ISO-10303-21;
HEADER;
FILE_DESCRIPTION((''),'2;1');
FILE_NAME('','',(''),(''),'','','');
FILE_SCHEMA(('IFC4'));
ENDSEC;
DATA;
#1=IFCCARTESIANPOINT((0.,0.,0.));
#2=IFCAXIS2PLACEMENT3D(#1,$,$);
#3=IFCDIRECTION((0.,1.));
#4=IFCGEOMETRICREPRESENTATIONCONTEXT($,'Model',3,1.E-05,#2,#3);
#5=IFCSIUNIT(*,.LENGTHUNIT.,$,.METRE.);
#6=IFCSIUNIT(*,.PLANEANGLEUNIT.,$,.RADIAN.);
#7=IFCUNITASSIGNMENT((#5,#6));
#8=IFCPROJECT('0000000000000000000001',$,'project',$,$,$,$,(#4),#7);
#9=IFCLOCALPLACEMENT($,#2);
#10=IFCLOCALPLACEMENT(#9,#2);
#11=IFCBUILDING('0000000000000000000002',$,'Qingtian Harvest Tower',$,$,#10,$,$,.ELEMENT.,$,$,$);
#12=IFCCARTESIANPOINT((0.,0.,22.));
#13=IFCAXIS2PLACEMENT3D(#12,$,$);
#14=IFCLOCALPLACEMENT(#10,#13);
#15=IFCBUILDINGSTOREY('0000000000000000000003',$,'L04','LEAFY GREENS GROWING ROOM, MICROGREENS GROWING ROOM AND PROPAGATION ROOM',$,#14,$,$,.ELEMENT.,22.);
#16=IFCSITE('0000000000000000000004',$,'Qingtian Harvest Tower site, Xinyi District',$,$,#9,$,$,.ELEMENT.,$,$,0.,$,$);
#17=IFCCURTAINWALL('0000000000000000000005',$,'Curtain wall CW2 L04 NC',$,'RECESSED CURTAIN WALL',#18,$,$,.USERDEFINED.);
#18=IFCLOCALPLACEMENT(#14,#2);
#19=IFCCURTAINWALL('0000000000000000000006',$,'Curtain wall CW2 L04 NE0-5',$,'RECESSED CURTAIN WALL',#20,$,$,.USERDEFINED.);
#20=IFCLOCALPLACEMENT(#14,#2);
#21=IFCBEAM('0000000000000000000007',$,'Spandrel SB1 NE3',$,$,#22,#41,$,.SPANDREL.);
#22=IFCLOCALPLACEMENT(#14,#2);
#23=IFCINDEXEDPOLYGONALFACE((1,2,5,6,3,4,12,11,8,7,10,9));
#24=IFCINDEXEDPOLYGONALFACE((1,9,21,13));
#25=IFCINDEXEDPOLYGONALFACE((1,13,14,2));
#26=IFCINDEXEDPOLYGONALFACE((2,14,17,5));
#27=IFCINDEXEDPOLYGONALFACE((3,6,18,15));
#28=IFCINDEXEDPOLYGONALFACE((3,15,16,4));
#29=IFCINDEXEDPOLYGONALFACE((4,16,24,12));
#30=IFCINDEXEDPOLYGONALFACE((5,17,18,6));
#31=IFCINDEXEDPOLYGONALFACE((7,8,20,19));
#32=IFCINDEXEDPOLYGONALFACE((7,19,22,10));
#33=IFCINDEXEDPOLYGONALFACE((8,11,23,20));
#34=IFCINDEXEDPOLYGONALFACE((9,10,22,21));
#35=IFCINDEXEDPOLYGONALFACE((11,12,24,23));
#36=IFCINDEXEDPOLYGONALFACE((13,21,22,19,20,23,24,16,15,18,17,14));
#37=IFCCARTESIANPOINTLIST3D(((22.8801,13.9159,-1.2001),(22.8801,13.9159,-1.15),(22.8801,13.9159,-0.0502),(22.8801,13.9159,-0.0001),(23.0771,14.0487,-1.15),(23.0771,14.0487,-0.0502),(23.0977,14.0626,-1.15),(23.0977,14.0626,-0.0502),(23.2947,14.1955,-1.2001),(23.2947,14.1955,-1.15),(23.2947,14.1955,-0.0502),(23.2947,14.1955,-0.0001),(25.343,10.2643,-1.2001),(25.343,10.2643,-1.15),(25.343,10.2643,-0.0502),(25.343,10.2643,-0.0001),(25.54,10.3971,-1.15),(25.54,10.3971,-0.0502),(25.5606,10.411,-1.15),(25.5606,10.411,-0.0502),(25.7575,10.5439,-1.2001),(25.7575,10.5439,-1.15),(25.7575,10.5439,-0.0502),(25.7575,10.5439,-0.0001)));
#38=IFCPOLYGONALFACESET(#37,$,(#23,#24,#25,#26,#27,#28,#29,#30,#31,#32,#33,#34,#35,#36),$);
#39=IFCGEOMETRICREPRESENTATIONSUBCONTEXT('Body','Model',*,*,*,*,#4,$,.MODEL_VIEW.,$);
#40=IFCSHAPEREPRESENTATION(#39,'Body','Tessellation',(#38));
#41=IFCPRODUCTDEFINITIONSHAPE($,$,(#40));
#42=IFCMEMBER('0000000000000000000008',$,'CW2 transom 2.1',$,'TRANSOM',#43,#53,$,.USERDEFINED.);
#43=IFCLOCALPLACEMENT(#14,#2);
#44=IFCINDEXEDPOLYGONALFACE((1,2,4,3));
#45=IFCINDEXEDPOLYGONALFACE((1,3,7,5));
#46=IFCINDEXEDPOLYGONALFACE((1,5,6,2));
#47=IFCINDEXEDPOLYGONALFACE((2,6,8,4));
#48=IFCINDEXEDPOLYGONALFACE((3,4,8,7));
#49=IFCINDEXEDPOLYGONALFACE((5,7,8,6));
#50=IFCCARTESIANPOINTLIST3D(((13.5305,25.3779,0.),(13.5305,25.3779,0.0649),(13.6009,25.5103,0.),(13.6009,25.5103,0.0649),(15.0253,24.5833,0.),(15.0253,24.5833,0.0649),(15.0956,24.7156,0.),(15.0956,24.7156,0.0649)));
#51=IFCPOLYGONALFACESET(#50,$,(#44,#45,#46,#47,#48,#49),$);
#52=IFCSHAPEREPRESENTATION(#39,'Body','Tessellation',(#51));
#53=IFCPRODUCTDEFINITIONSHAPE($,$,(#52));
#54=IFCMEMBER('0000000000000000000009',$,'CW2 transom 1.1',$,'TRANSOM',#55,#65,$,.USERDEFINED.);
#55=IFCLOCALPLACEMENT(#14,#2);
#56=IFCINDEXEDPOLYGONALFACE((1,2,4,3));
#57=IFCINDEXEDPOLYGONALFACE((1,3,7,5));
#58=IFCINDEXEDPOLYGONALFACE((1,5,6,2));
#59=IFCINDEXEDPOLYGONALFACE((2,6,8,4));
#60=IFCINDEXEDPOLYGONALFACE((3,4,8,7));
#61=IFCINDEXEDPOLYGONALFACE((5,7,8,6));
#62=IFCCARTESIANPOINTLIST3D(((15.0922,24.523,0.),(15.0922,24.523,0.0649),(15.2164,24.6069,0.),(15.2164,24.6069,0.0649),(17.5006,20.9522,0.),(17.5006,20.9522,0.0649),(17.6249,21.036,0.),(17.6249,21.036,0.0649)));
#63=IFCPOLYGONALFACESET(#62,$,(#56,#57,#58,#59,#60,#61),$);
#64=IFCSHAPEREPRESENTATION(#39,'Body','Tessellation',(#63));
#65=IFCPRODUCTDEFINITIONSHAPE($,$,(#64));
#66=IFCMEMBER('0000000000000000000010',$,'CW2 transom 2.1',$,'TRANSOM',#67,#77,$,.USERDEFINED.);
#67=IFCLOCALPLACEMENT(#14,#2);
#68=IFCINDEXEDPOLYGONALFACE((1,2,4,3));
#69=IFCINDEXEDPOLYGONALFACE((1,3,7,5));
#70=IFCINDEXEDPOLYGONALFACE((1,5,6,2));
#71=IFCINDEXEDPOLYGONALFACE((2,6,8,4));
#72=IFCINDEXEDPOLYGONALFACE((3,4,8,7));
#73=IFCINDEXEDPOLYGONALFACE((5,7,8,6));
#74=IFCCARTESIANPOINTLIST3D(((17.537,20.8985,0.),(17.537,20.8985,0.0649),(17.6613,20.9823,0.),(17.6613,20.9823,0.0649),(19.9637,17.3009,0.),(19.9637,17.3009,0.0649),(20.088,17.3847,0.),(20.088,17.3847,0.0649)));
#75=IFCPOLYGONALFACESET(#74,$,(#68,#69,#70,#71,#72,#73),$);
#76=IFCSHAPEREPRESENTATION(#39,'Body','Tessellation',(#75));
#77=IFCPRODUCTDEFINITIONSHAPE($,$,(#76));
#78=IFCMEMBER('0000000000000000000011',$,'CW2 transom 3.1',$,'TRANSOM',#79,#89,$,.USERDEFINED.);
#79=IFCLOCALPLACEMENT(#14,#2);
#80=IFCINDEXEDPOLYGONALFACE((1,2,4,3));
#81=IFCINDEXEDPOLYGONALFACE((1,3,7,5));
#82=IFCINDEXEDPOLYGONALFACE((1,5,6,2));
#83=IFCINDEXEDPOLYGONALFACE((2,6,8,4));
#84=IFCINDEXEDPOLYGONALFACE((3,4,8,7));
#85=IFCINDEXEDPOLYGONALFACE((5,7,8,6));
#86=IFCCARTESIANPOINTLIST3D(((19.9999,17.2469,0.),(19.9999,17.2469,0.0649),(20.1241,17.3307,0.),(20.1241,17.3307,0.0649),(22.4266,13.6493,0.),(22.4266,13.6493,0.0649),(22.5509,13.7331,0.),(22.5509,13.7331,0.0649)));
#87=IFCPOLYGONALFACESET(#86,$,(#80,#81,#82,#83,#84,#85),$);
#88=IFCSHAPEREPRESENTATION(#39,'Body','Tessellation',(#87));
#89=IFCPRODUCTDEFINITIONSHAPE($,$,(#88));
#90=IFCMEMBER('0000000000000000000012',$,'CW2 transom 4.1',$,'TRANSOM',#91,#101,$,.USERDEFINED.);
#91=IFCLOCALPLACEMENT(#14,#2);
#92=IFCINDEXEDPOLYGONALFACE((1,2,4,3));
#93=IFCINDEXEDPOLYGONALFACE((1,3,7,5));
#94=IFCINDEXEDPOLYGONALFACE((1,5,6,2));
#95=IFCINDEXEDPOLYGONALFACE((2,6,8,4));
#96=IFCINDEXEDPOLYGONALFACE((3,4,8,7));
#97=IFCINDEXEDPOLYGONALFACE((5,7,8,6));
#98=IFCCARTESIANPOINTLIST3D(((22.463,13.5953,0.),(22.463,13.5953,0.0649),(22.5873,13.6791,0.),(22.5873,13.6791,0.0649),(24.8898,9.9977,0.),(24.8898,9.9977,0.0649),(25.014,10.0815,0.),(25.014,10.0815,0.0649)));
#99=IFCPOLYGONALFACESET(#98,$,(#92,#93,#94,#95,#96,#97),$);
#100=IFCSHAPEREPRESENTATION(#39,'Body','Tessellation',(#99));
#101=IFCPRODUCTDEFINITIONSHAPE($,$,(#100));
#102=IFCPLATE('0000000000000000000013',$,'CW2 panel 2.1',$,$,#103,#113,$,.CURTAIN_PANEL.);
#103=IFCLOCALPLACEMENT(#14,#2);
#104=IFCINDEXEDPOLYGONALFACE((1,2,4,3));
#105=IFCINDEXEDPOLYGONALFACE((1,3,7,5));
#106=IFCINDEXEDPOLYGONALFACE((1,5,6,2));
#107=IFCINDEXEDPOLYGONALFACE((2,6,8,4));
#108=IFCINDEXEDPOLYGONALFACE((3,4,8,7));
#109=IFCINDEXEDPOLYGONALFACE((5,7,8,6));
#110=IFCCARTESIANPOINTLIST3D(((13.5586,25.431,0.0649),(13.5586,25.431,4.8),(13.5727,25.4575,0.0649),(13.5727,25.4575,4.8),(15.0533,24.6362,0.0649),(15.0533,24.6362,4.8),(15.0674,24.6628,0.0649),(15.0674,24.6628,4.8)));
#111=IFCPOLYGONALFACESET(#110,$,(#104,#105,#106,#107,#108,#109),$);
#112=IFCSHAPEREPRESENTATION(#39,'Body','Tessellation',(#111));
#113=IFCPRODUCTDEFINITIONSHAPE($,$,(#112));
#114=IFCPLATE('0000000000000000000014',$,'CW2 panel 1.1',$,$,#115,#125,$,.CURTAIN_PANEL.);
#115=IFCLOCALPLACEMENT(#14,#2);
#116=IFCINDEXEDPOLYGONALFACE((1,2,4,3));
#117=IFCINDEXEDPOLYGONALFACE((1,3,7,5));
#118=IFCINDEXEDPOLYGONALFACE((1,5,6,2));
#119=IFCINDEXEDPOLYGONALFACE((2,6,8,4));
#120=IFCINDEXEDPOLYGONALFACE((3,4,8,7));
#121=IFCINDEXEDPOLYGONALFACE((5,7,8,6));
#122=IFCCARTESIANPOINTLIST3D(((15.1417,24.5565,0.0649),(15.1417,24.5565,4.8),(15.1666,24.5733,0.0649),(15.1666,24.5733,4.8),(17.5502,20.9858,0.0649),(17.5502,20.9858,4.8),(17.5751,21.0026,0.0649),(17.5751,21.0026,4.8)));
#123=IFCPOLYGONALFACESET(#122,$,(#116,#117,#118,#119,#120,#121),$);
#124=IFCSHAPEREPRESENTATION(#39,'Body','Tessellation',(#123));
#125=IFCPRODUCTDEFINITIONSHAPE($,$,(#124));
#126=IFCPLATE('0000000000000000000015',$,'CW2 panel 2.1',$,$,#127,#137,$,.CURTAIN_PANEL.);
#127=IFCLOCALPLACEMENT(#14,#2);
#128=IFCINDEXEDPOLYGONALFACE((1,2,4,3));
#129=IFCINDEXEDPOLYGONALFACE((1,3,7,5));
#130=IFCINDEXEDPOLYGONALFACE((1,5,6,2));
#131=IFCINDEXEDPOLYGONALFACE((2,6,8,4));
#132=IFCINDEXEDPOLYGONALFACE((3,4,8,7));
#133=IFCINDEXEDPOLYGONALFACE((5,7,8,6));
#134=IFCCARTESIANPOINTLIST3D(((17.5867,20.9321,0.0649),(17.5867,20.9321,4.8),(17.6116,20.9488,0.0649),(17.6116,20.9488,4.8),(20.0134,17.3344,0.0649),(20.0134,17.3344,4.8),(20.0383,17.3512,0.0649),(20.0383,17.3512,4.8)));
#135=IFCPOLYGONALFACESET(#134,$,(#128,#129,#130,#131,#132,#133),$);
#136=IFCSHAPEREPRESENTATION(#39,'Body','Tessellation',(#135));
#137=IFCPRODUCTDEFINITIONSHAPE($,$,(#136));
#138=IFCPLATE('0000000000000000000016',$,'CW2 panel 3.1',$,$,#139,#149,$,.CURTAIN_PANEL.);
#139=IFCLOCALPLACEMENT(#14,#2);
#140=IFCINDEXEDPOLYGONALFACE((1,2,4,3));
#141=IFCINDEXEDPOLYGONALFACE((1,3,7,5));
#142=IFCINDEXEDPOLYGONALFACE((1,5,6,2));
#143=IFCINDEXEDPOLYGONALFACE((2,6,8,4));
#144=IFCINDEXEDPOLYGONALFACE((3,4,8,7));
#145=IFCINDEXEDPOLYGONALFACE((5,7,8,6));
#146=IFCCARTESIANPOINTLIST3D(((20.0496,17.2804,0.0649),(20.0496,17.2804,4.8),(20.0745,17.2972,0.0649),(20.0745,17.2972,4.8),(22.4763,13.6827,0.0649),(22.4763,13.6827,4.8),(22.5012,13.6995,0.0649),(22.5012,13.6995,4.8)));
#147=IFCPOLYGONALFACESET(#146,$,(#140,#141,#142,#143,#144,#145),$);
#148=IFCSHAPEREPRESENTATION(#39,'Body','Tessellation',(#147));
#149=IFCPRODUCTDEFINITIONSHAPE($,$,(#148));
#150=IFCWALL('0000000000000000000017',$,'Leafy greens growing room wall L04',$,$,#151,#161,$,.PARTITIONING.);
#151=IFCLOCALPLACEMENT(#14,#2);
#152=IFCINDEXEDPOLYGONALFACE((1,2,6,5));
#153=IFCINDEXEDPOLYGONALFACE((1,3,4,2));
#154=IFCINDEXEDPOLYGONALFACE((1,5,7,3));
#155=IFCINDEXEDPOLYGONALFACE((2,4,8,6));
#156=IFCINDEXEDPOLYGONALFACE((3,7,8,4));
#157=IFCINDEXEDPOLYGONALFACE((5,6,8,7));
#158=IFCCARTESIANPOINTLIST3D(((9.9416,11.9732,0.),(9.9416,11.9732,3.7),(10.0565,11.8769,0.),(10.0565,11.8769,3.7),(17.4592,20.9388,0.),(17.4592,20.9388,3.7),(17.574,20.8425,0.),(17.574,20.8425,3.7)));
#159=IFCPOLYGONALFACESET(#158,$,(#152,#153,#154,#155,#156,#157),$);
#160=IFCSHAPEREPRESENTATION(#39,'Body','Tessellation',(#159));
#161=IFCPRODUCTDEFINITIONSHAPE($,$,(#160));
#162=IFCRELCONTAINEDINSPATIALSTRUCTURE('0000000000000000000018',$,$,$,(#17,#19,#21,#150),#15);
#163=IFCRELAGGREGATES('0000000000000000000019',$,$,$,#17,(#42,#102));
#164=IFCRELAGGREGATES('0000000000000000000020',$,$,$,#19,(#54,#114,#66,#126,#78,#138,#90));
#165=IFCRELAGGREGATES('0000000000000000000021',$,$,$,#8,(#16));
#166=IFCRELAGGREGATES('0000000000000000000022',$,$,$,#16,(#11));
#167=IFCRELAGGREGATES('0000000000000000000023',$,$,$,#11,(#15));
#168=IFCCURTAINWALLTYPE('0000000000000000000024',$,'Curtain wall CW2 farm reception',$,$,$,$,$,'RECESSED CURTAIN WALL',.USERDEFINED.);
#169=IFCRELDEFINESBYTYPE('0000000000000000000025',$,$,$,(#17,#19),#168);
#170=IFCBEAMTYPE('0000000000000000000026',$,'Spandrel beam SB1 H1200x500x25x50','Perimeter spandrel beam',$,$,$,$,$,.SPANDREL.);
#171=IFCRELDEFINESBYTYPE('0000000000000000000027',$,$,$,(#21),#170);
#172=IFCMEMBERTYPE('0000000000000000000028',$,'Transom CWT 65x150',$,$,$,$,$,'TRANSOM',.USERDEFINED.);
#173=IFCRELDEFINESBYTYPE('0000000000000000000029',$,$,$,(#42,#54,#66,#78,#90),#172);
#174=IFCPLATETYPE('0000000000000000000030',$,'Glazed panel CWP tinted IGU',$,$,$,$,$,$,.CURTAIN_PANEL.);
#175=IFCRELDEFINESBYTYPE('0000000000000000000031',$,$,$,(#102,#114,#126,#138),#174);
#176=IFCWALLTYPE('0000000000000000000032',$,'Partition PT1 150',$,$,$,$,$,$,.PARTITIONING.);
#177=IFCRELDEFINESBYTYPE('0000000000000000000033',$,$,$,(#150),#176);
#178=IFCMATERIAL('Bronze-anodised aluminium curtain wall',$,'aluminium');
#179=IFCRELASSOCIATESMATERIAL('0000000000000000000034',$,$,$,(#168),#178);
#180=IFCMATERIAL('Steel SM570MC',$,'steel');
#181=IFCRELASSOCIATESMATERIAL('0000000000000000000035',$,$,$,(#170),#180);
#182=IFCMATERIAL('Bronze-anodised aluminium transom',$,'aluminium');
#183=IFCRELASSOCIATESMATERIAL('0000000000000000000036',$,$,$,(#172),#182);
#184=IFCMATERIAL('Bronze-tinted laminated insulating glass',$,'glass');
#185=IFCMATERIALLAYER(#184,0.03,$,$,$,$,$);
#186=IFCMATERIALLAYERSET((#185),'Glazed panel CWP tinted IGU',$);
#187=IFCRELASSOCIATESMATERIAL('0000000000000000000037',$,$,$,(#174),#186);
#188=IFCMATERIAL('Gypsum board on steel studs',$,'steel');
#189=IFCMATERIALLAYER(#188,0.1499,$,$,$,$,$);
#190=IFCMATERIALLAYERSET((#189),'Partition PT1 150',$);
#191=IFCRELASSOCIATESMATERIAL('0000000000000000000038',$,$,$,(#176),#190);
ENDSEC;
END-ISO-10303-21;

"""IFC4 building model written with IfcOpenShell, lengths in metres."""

from ifc_helpers import new_model, si_unit, direction, frame, frame_2d, origin, origin_2d, place, context, subcontext, project, spatial, rectangle, i_section, extrude, material, layer, layer_set, material_profile, profile_set, type_object, element, aggregate, save


model = new_model("IFC4")

# Units and contexts
model_context = context("Model", 3, precision=1e-05, world=origin(), true_north=direction((0.0, 1.0)))
body_context = subcontext(model_context, "Body", "Model", "MODEL_VIEW")
ifc_project = project(units=[si_unit("LENGTHUNIT", "METRE"), si_unit("PLANEANGLEUNIT", "RADIAN")], contexts=[model_context])

# Site, building, storey
site_placement = place(None, origin())
site = spatial("IfcSite", under=ifc_project, at=site_placement, Name="Qingtian Harvest Tower site, Xinyi District", CompositionType="ELEMENT", RefElevation=0.0)
building_placement = place(site_placement, origin())
building = spatial("IfcBuilding", under=site, at=building_placement, Name="Qingtian Harvest Tower", CompositionType="ELEMENT")
storey_placement = place(building_placement, frame((0.0, 0.0, 22.0)))
storey = spatial("IfcBuildingStorey", under=building, at=storey_placement, Name="L04", Description="LEAFY GREENS GROWING ROOM, MICROGREENS GROWING ROOM AND PROPAGATION ROOM", CompositionType="ELEMENT", Elevation=22.0)

# Curtain wall
ifc_material_1 = material(Name="Bronze-anodised aluminium curtain wall", Category="aluminium")
curtain_wall_type = type_object("IfcCurtainWallType", Name="Curtain wall CW2 farm reception", ElementType="RECESSED CURTAIN WALL", PredefinedType="USERDEFINED", material=ifc_material_1)
curtain_wall_1_placement = place(storey_placement, origin())
curtain_wall_1 = element("IfcCurtainWall", 1, at=curtain_wall_1_placement, inside=storey, type_object=curtain_wall_type, Name="Curtain wall CW2 L04 NC", ObjectType="RECESSED CURTAIN WALL", PredefinedType="USERDEFINED")

# Curtain wall
curtain_wall_2_placement = place(storey_placement, origin())
curtain_wall_2 = element("IfcCurtainWall", 2, at=curtain_wall_2_placement, inside=storey, type_object=curtain_wall_type, Name="Curtain wall CW2 L04 NE0-5", ObjectType="RECESSED CURTAIN WALL", PredefinedType="USERDEFINED")

# Beam
ifc_material_2 = material(Name="Steel SM570MC", Category="steel")
ifc_material_profile_1 = material_profile(ifc_material_2, i_section(OverallWidth=0.5, OverallDepth=1.2, WebThickness=0.0249, FlangeThickness=0.05, at=origin_2d()), Name="H1200x500x25x50")
ifc_profile_set_1 = profile_set([ifc_material_profile_1], Name="Steel SM570MC")
beam_type_1 = type_object("IfcBeamType", Name="Spandrel beam SB1 H1200x500x25x50", Description="Perimeter spandrel beam", PredefinedType="SPANDREL", material=ifc_profile_set_1)
for number, where, z_axis, x_axis, name in (
    (3, (23.0874, 14.0557, -0.6001), (0.559169, -0.829054, 0.0), (0.829054, 0.559169, 0.0), "Spandrel SB1 NE3"),
):
    element("IfcBeam", number, at=place(storey_placement, frame(where, z_axis=z_axis, x_axis=x_axis)), inside=storey, type_object=beam_type_1, Name=name, PredefinedType="SPANDREL", context=body_context, shape_type="SweptSolid", body=[
        extrude(i_section(OverallWidth=0.5, OverallDepth=1.2, WebThickness=0.0249, FlangeThickness=0.05, at=origin_2d()), origin(), (0.0, 0.0, 1.0), 4.4045),
    ])

# Members
ifc_material_3 = material(Name="Bronze-anodised aluminium transom", Category="aluminium")
ifc_material_profile_2 = material_profile(ifc_material_3, rectangle(XDim=0.1499, YDim=0.0649, at=origin_2d()), Name="AL 65x150")
ifc_profile_set_2 = profile_set([ifc_material_profile_2], Name="Bronze-anodised aluminium transom")
member_type_1 = type_object("IfcMemberType", Name="Transom CWT 65x150", ElementType="TRANSOM", PredefinedType="USERDEFINED", material=ifc_profile_set_2)
member_1_placement = place(storey_placement, frame((13.5657, 25.4441, 0.0325), z_axis=(0.882987, -0.469398, 0.0), x_axis=(0.469398, 0.882987, 0.0)))
member_1 = element("IfcMember", 4, at=member_1_placement, type_object=member_type_1, Name="CW2 transom 2.1", ObjectType="TRANSOM", PredefinedType="USERDEFINED", context=body_context, shape_type="SweptSolid", body=[
    extrude(rectangle(XDim=0.1499, YDim=0.0649, at=origin_2d()), origin(), (0.0, 0.0, 1.0), 1.6929),
])
member_2_placement = place(storey_placement, frame((15.1543, 24.5649, 0.0325), z_axis=(0.559179, -0.829047, 0.0), x_axis=(0.829047, 0.559179, 0.0)))
member_2 = element("IfcMember", 5, at=member_2_placement, type_object=member_type_1, Name="CW2 transom 1.1", ObjectType="TRANSOM", PredefinedType="USERDEFINED", context=body_context, shape_type="SweptSolid", body=[
    extrude(rectangle(XDim=0.1499, YDim=0.0649, at=origin_2d()), origin(), (0.0, 0.0, 1.0), 4.3071),
])
member_3_placement = place(storey_placement, frame((17.5991, 20.9404, 0.0325), z_axis=(0.55921, -0.829026, 0.0), x_axis=(0.829026, 0.55921, 0.0)))
member_3 = element("IfcMember", 6, at=member_3_placement, type_object=member_type_1, Name="CW2 transom 2.1", ObjectType="TRANSOM", PredefinedType="USERDEFINED", context=body_context, shape_type="SweptSolid", body=[
    extrude(rectangle(XDim=0.1499, YDim=0.0649, at=origin_2d()), origin(), (0.0, 0.0, 1.0), 4.3396),
])
member_4_placement = place(storey_placement, frame((20.062, 17.2888, 0.0325), z_axis=(0.55921, -0.829026, 0.0), x_axis=(0.829026, 0.55921, 0.0)))
member_4 = element("IfcMember", 7, at=member_4_placement, type_object=member_type_1, Name="CW2 transom 3.1", ObjectType="TRANSOM", PredefinedType="USERDEFINED", context=body_context, shape_type="SweptSolid", body=[
    extrude(rectangle(XDim=0.1499, YDim=0.0649, at=origin_2d()), origin(), (0.0, 0.0, 1.0), 4.3396),
])
member_5_placement = place(storey_placement, frame((22.5251, 13.6372, 0.0325), z_axis=(0.55921, -0.829026, 0.0), x_axis=(0.829026, 0.55921, 0.0)))
member_5 = element("IfcMember", 8, at=member_5_placement, type_object=member_type_1, Name="CW2 transom 4.1", ObjectType="TRANSOM", PredefinedType="USERDEFINED", context=body_context, shape_type="SweptSolid", body=[
    extrude(rectangle(XDim=0.1499, YDim=0.0649, at=origin_2d()), origin(), (0.0, 0.0, 1.0), 4.3396),
])

# Plates
ifc_material_4 = material(Name="Bronze-tinted laminated insulating glass", Category="glass")
ifc_layer_1 = layer(ifc_material_4, 0.03)
ifc_layer_set_1 = layer_set([ifc_layer_1], Name="Glazed panel CWP tinted IGU")
plate_type = type_object("IfcPlateType", Name="Glazed panel CWP tinted IGU", PredefinedType="CURTAIN_PANEL", material=ifc_layer_set_1)
plate_1_placement = place(storey_placement, frame((14.313, 25.0469, 0.0649), z_axis=(0.0, 0.0, 1.0), x_axis=(0.882948, -0.469472, 0.0)))
plate_1 = element("IfcPlate", 9, at=plate_1_placement, type_object=plate_type, Name="CW2 panel 2.1", PredefinedType="CURTAIN_PANEL", context=body_context, shape_type="SweptSolid", body=[
    extrude(rectangle(XDim=1.6929, YDim=0.03, at=origin_2d()), origin(), (0.0, 0.0, 1.0), 4.7351),
])
aggregate(curtain_wall_1, [member_1, plate_1])
plate_2_placement = place(storey_placement, frame((16.3584, 22.7795, 0.0649), z_axis=(0.0, 0.0, 1.0), x_axis=(0.559193, -0.829038, 0.0)))
plate_2 = element("IfcPlate", 10, at=plate_2_placement, type_object=plate_type, Name="CW2 panel 1.1", PredefinedType="CURTAIN_PANEL", context=body_context, shape_type="SweptSolid", body=[
    extrude(rectangle(XDim=4.3071, YDim=0.03, at=origin_2d()), origin(), (0.0, 0.0, 1.0), 4.7351),
])
plate_3_placement = place(storey_placement, frame((18.8125, 19.1416, 0.0649), z_axis=(0.0, 0.0, 1.0), x_axis=(0.559193, -0.829038, 0.0)))
plate_3 = element("IfcPlate", 11, at=plate_3_placement, type_object=plate_type, Name="CW2 panel 2.1", PredefinedType="CURTAIN_PANEL", context=body_context, shape_type="SweptSolid", body=[
    extrude(rectangle(XDim=4.3396, YDim=0.03, at=origin_2d()), origin(), (0.0, 0.0, 1.0), 4.7351),
])
plate_4_placement = place(storey_placement, frame((21.2754, 15.49, 0.0649), z_axis=(0.0, 0.0, 1.0), x_axis=(0.559193, -0.829038, 0.0)))
plate_4 = element("IfcPlate", 12, at=plate_4_placement, type_object=plate_type, Name="CW2 panel 3.1", PredefinedType="CURTAIN_PANEL", context=body_context, shape_type="SweptSolid", body=[
    extrude(rectangle(XDim=4.3396, YDim=0.03, at=origin_2d()), origin(), (0.0, 0.0, 1.0), 4.7351),
])
aggregate(curtain_wall_2, [member_2, plate_2, member_3, plate_3, member_4, plate_4, member_5])

# Wall
ifc_material_5 = material(Name="Gypsum board on steel studs", Category="steel")
ifc_layer_2 = layer(ifc_material_5, 0.1499)
ifc_layer_set_2 = layer_set([ifc_layer_2], Name="Partition PT1 150")
wall_type = type_object("IfcWallType", Name="Partition PT1 150", PredefinedType="PARTITIONING", material=ifc_layer_set_2)
wall_placement = place(storey_placement, frame((17.5166, 20.8906, 0.0), z_axis=(0.0, 0.0, 1.0), x_axis=(-0.642515, -0.766273, 0.0)))
element("IfcWall", 13, at=wall_placement, inside=storey, type_object=wall_type, Name="Leafy greens growing room wall L04", PredefinedType="PARTITIONING", context=body_context, shape_type="SweptSolid", body=[
    extrude(rectangle(XDim=11.7002, YDim=0.1499, at=frame_2d((5.8501, 0.0))), origin(), (0.0, 0.0, 1.0), 3.7),
])

save(model, "model.ifc")
